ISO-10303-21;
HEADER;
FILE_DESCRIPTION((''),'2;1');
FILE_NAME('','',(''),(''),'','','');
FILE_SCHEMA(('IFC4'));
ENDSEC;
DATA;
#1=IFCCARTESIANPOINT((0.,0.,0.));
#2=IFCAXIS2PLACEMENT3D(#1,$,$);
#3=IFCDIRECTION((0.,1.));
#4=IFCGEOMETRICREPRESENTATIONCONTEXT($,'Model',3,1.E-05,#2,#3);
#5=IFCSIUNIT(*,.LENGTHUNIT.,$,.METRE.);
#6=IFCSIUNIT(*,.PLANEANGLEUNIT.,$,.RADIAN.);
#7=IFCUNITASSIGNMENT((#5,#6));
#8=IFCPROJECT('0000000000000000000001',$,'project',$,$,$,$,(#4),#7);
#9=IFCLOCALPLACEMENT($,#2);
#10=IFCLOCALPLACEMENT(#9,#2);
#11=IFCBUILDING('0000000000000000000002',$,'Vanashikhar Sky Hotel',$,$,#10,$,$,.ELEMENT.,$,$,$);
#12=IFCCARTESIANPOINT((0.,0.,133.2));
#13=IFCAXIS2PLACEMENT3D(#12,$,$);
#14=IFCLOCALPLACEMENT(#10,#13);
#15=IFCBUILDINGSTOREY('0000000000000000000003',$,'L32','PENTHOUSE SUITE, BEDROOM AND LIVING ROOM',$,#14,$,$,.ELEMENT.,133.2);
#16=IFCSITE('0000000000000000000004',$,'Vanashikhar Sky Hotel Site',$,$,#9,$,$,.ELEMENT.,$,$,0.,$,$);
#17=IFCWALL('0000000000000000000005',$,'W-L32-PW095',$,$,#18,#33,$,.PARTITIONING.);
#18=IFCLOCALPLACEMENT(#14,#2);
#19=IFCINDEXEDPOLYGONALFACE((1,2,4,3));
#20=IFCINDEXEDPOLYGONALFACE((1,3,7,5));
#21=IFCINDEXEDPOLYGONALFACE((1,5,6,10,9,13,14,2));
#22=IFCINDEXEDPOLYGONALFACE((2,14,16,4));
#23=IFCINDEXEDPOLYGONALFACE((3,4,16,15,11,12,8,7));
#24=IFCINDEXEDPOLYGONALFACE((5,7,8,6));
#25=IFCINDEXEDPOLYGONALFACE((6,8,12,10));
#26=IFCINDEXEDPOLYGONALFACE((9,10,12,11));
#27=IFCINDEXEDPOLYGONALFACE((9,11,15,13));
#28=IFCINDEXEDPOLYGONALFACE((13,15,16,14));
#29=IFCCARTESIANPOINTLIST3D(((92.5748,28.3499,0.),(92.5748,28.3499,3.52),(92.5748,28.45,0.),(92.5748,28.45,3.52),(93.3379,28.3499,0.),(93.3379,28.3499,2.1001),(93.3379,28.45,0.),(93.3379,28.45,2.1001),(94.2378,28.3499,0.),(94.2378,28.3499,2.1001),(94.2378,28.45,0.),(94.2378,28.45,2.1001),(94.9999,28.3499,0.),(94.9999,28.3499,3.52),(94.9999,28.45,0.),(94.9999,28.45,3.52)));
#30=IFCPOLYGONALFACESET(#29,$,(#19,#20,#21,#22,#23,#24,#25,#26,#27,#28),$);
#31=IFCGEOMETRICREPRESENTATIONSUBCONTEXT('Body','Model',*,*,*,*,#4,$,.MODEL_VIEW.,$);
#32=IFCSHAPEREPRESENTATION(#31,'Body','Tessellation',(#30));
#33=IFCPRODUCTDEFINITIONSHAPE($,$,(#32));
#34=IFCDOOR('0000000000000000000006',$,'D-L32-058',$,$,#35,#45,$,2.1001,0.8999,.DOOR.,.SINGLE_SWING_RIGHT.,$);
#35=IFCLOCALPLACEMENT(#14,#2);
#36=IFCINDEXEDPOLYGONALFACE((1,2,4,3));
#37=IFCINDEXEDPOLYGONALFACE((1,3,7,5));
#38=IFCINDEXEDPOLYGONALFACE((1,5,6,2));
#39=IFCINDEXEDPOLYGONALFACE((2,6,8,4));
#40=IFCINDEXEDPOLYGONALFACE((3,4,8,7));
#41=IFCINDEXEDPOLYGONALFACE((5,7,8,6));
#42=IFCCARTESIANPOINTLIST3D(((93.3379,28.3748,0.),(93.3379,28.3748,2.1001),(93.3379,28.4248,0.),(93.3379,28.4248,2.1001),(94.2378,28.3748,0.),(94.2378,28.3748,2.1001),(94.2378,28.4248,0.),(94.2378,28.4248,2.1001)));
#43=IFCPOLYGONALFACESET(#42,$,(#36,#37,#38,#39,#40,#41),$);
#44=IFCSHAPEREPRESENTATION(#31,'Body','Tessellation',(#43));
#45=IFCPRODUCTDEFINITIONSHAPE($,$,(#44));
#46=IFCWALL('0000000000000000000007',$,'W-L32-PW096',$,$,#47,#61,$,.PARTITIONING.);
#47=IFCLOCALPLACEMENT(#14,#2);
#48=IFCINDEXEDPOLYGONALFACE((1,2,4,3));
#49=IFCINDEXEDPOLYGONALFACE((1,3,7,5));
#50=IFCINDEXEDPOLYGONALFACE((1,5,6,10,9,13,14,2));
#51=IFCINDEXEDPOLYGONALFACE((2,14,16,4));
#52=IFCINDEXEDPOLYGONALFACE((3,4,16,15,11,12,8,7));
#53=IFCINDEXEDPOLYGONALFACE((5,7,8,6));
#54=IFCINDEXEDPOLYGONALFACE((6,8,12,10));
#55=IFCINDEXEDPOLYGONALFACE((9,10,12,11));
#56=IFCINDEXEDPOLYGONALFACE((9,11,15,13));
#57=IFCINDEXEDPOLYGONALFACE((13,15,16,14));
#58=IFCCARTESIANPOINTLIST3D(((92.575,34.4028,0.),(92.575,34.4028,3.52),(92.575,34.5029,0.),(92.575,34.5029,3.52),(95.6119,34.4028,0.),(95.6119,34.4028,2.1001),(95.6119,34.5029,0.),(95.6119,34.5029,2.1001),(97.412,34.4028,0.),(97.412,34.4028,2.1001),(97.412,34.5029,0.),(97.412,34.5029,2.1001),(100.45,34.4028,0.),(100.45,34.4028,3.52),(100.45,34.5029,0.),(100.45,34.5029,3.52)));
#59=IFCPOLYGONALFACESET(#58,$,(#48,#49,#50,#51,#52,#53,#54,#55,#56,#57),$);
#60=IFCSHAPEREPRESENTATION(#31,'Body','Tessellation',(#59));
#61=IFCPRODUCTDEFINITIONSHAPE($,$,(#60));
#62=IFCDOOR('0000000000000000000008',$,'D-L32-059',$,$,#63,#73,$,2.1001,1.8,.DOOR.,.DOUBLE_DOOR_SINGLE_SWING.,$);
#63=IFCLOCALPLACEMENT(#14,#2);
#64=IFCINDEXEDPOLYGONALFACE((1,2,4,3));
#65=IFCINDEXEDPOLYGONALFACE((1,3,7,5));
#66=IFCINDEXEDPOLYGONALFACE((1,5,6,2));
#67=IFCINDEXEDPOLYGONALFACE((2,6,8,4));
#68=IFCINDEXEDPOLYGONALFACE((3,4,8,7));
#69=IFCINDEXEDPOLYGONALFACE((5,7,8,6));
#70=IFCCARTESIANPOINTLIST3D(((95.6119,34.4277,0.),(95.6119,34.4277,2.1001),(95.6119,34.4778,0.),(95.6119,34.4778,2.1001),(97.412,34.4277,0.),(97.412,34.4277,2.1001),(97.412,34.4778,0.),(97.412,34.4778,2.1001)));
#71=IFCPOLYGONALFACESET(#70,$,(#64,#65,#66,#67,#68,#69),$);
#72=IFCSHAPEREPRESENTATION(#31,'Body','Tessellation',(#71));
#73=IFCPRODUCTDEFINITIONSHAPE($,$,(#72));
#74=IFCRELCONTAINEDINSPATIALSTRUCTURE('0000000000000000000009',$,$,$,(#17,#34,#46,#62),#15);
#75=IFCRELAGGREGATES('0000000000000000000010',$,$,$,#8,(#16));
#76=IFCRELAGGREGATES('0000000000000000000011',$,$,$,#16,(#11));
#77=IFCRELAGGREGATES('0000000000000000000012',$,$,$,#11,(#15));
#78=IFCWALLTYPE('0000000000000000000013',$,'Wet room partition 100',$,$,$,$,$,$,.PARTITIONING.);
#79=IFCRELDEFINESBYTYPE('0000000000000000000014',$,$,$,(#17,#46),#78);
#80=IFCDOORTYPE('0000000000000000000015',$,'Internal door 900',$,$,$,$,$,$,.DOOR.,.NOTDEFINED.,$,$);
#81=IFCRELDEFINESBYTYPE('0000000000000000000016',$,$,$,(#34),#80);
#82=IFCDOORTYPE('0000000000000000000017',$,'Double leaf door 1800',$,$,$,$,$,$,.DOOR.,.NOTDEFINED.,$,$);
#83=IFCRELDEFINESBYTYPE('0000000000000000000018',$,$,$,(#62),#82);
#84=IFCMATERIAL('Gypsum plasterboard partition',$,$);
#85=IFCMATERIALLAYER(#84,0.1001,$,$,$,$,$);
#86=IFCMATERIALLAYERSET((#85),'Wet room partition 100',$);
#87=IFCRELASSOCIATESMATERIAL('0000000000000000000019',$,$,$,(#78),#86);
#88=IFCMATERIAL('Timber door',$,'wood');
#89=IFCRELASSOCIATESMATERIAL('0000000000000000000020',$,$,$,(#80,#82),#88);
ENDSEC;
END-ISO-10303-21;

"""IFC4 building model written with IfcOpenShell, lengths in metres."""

from ifc_helpers import new_model, si_unit, direction, frame, frame_2d, origin, place, context, subcontext, project, spatial, rectangle, extrude, source, transform, mapped, material, layer, layer_set, type_object, element, fill, save


model = new_model("IFC4")

# Units and contexts
model_context = context("Model", 3, precision=1e-05, world=origin(), true_north=direction((0.0, 1.0)))
body_context = subcontext(model_context, "Body", "Model", "MODEL_VIEW")
ifc_project = project(units=[si_unit("LENGTHUNIT", "METRE"), si_unit("PLANEANGLEUNIT", "RADIAN")], contexts=[model_context])

# Site, building, storey
site_placement = place(None, origin())
site = spatial("IfcSite", under=ifc_project, at=site_placement, Name="Vanashikhar Sky Hotel Site", CompositionType="ELEMENT", RefElevation=0.0)
building_placement = place(site_placement, origin())
building = spatial("IfcBuilding", under=site, at=building_placement, Name="Vanashikhar Sky Hotel", CompositionType="ELEMENT")
storey_placement = place(building_placement, frame((0.0, 0.0, 133.2)))
storey = spatial("IfcBuildingStorey", under=building, at=storey_placement, Name="L32", Description="PENTHOUSE SUITE, BEDROOM AND LIVING ROOM", CompositionType="ELEMENT", Elevation=133.2)

# Shared definitions
ifc_material_1 = material(Name="Gypsum plasterboard partition")
ifc_layer_1 = layer(ifc_material_1, 0.1001)
ifc_layer_set_1 = layer_set([ifc_layer_1], Name="Wet room partition 100")
wall_type_1 = type_object("IfcWallType", Name="Wet room partition 100", PredefinedType="PARTITIONING", material=ifc_layer_set_1)
shared_shape_1 = source(origin(), body_context, "Body", "SweptSolid", [
    extrude(rectangle(XDim=0.8999, YDim=2.1001, at=frame_2d((0.45, 1.05))), frame((0.0, 0.0601, 0.0), z_axis=(0.0, -1.0, 0.0), x_axis=(1.0, 0.0, 0.0)), (0.0, 0.0, 1.0), 0.1201),
])
ifc_material_2 = material(Name="Timber door", Category="wood")
door_type_1 = type_object("IfcDoorType", Name="Internal door 900", OperationType="NOTDEFINED", PredefinedType="DOOR", material=ifc_material_2)
shared_shape_2 = source(origin(), body_context, "Body", "SweptSolid", [
    extrude(rectangle(XDim=0.8999, YDim=2.1001, at=frame_2d((0.45, 1.05))), frame((0.0, 0.0249, 0.0), z_axis=(0.0, -1.0, 0.0), x_axis=(1.0, 0.0, 0.0)), (0.0, 0.0, 1.0), 0.05),
])

# Walls, openings, doors
shared_shape_3 = source(origin(), body_context, "Body", "SweptSolid", [
    extrude(rectangle(XDim=2.425, YDim=0.1001, at=frame_2d((1.2124, 0.0))), origin(), (0.0, 0.0, 1.0), 3.52),
])
wall_1_placement = place(storey_placement, frame((92.575, 28.3999, 0.0), z_axis=(0.0, 0.0, 1.0), x_axis=(1.0, 0.0, 0.0)))
wall_1 = element("IfcWall", 1, at=wall_1_placement, inside=storey, type_object=wall_type_1, Name="W-L32-PW095", PredefinedType="PARTITIONING", context=body_context, shape_type="MappedRepresentation", body=[
    mapped(shared_shape_3, transform((0.0, 0.0, 0.0), scale=1.0)),
])
opening_1_placement = place(wall_1_placement, frame((0.7629, 0.0, 0.0)))
opening_1 = element("IfcOpeningElement", 2, at=opening_1_placement, cuts=wall_1, PredefinedType="OPENING", context=body_context, shape_type="MappedRepresentation", body=[
    mapped(shared_shape_1, transform((0.0, 0.0, 0.0), scale=1.0)),
])
door_1_placement = place(opening_1_placement, origin())
door_1 = element("IfcDoor", 3, at=door_1_placement, inside=storey, type_object=door_type_1, Name="D-L32-058", OperationType="SINGLE_SWING_RIGHT", OverallHeight=2.1001, OverallWidth=0.8999, PredefinedType="DOOR", context=body_context, shape_type="MappedRepresentation", body=[
    mapped(shared_shape_2, transform((0.0, 0.0, 0.0), scale=1.0)),
])
fill(opening_1, door_1)
shared_shape_4 = source(origin(), body_context, "Body", "SweptSolid", [
    extrude(rectangle(XDim=7.875, YDim=0.1001, at=frame_2d((3.9375, 0.0))), origin(), (0.0, 0.0, 1.0), 3.52),
])
wall_2_placement = place(storey_placement, frame((92.575, 34.4529, 0.0), z_axis=(0.0, 0.0, 1.0), x_axis=(1.0, 0.0, 0.0)))
wall_2 = element("IfcWall", 4, at=wall_2_placement, inside=storey, type_object=wall_type_1, Name="W-L32-PW096", PredefinedType="PARTITIONING", context=body_context, shape_type="MappedRepresentation", body=[
    mapped(shared_shape_4, transform((0.0, 0.0, 0.0), scale=1.0)),
])
shared_shape_5 = source(origin(), body_context, "Body", "SweptSolid", [
    extrude(rectangle(XDim=1.8, YDim=2.1001, at=frame_2d((0.8999, 1.05))), frame((0.0, 0.0601, 0.0), z_axis=(0.0, -1.0, 0.0), x_axis=(1.0, 0.0, 0.0)), (0.0, 0.0, 1.0), 0.1201),
])
opening_2_placement = place(wall_2_placement, frame((3.0371, 0.0, 0.0)))
opening_2 = element("IfcOpeningElement", 5, at=opening_2_placement, cuts=wall_2, PredefinedType="OPENING", context=body_context, shape_type="MappedRepresentation", body=[
    mapped(shared_shape_5, transform((0.0, 0.0, 0.0), scale=1.0)),
])
door_type_2 = type_object("IfcDoorType", Name="Double leaf door 1800", OperationType="NOTDEFINED", PredefinedType="DOOR", material=ifc_material_2)
shared_shape_6 = source(origin(), body_context, "Body", "SweptSolid", [
    extrude(rectangle(XDim=1.8, YDim=2.1001, at=frame_2d((0.8999, 1.05))), frame((0.0, 0.0249, 0.0), z_axis=(0.0, -1.0, 0.0), x_axis=(1.0, 0.0, 0.0)), (0.0, 0.0, 1.0), 0.05),
])
door_2_placement = place(opening_2_placement, origin())
door_2 = element("IfcDoor", 6, at=door_2_placement, inside=storey, type_object=door_type_2, Name="D-L32-059", OperationType="DOUBLE_DOOR_SINGLE_SWING", OverallHeight=2.1001, OverallWidth=1.8, PredefinedType="DOOR", context=body_context, shape_type="MappedRepresentation", body=[
    mapped(shared_shape_6, transform((0.0, 0.0, 0.0), scale=1.0)),
])
fill(opening_2, door_2)

save(model, "model.ifc")
